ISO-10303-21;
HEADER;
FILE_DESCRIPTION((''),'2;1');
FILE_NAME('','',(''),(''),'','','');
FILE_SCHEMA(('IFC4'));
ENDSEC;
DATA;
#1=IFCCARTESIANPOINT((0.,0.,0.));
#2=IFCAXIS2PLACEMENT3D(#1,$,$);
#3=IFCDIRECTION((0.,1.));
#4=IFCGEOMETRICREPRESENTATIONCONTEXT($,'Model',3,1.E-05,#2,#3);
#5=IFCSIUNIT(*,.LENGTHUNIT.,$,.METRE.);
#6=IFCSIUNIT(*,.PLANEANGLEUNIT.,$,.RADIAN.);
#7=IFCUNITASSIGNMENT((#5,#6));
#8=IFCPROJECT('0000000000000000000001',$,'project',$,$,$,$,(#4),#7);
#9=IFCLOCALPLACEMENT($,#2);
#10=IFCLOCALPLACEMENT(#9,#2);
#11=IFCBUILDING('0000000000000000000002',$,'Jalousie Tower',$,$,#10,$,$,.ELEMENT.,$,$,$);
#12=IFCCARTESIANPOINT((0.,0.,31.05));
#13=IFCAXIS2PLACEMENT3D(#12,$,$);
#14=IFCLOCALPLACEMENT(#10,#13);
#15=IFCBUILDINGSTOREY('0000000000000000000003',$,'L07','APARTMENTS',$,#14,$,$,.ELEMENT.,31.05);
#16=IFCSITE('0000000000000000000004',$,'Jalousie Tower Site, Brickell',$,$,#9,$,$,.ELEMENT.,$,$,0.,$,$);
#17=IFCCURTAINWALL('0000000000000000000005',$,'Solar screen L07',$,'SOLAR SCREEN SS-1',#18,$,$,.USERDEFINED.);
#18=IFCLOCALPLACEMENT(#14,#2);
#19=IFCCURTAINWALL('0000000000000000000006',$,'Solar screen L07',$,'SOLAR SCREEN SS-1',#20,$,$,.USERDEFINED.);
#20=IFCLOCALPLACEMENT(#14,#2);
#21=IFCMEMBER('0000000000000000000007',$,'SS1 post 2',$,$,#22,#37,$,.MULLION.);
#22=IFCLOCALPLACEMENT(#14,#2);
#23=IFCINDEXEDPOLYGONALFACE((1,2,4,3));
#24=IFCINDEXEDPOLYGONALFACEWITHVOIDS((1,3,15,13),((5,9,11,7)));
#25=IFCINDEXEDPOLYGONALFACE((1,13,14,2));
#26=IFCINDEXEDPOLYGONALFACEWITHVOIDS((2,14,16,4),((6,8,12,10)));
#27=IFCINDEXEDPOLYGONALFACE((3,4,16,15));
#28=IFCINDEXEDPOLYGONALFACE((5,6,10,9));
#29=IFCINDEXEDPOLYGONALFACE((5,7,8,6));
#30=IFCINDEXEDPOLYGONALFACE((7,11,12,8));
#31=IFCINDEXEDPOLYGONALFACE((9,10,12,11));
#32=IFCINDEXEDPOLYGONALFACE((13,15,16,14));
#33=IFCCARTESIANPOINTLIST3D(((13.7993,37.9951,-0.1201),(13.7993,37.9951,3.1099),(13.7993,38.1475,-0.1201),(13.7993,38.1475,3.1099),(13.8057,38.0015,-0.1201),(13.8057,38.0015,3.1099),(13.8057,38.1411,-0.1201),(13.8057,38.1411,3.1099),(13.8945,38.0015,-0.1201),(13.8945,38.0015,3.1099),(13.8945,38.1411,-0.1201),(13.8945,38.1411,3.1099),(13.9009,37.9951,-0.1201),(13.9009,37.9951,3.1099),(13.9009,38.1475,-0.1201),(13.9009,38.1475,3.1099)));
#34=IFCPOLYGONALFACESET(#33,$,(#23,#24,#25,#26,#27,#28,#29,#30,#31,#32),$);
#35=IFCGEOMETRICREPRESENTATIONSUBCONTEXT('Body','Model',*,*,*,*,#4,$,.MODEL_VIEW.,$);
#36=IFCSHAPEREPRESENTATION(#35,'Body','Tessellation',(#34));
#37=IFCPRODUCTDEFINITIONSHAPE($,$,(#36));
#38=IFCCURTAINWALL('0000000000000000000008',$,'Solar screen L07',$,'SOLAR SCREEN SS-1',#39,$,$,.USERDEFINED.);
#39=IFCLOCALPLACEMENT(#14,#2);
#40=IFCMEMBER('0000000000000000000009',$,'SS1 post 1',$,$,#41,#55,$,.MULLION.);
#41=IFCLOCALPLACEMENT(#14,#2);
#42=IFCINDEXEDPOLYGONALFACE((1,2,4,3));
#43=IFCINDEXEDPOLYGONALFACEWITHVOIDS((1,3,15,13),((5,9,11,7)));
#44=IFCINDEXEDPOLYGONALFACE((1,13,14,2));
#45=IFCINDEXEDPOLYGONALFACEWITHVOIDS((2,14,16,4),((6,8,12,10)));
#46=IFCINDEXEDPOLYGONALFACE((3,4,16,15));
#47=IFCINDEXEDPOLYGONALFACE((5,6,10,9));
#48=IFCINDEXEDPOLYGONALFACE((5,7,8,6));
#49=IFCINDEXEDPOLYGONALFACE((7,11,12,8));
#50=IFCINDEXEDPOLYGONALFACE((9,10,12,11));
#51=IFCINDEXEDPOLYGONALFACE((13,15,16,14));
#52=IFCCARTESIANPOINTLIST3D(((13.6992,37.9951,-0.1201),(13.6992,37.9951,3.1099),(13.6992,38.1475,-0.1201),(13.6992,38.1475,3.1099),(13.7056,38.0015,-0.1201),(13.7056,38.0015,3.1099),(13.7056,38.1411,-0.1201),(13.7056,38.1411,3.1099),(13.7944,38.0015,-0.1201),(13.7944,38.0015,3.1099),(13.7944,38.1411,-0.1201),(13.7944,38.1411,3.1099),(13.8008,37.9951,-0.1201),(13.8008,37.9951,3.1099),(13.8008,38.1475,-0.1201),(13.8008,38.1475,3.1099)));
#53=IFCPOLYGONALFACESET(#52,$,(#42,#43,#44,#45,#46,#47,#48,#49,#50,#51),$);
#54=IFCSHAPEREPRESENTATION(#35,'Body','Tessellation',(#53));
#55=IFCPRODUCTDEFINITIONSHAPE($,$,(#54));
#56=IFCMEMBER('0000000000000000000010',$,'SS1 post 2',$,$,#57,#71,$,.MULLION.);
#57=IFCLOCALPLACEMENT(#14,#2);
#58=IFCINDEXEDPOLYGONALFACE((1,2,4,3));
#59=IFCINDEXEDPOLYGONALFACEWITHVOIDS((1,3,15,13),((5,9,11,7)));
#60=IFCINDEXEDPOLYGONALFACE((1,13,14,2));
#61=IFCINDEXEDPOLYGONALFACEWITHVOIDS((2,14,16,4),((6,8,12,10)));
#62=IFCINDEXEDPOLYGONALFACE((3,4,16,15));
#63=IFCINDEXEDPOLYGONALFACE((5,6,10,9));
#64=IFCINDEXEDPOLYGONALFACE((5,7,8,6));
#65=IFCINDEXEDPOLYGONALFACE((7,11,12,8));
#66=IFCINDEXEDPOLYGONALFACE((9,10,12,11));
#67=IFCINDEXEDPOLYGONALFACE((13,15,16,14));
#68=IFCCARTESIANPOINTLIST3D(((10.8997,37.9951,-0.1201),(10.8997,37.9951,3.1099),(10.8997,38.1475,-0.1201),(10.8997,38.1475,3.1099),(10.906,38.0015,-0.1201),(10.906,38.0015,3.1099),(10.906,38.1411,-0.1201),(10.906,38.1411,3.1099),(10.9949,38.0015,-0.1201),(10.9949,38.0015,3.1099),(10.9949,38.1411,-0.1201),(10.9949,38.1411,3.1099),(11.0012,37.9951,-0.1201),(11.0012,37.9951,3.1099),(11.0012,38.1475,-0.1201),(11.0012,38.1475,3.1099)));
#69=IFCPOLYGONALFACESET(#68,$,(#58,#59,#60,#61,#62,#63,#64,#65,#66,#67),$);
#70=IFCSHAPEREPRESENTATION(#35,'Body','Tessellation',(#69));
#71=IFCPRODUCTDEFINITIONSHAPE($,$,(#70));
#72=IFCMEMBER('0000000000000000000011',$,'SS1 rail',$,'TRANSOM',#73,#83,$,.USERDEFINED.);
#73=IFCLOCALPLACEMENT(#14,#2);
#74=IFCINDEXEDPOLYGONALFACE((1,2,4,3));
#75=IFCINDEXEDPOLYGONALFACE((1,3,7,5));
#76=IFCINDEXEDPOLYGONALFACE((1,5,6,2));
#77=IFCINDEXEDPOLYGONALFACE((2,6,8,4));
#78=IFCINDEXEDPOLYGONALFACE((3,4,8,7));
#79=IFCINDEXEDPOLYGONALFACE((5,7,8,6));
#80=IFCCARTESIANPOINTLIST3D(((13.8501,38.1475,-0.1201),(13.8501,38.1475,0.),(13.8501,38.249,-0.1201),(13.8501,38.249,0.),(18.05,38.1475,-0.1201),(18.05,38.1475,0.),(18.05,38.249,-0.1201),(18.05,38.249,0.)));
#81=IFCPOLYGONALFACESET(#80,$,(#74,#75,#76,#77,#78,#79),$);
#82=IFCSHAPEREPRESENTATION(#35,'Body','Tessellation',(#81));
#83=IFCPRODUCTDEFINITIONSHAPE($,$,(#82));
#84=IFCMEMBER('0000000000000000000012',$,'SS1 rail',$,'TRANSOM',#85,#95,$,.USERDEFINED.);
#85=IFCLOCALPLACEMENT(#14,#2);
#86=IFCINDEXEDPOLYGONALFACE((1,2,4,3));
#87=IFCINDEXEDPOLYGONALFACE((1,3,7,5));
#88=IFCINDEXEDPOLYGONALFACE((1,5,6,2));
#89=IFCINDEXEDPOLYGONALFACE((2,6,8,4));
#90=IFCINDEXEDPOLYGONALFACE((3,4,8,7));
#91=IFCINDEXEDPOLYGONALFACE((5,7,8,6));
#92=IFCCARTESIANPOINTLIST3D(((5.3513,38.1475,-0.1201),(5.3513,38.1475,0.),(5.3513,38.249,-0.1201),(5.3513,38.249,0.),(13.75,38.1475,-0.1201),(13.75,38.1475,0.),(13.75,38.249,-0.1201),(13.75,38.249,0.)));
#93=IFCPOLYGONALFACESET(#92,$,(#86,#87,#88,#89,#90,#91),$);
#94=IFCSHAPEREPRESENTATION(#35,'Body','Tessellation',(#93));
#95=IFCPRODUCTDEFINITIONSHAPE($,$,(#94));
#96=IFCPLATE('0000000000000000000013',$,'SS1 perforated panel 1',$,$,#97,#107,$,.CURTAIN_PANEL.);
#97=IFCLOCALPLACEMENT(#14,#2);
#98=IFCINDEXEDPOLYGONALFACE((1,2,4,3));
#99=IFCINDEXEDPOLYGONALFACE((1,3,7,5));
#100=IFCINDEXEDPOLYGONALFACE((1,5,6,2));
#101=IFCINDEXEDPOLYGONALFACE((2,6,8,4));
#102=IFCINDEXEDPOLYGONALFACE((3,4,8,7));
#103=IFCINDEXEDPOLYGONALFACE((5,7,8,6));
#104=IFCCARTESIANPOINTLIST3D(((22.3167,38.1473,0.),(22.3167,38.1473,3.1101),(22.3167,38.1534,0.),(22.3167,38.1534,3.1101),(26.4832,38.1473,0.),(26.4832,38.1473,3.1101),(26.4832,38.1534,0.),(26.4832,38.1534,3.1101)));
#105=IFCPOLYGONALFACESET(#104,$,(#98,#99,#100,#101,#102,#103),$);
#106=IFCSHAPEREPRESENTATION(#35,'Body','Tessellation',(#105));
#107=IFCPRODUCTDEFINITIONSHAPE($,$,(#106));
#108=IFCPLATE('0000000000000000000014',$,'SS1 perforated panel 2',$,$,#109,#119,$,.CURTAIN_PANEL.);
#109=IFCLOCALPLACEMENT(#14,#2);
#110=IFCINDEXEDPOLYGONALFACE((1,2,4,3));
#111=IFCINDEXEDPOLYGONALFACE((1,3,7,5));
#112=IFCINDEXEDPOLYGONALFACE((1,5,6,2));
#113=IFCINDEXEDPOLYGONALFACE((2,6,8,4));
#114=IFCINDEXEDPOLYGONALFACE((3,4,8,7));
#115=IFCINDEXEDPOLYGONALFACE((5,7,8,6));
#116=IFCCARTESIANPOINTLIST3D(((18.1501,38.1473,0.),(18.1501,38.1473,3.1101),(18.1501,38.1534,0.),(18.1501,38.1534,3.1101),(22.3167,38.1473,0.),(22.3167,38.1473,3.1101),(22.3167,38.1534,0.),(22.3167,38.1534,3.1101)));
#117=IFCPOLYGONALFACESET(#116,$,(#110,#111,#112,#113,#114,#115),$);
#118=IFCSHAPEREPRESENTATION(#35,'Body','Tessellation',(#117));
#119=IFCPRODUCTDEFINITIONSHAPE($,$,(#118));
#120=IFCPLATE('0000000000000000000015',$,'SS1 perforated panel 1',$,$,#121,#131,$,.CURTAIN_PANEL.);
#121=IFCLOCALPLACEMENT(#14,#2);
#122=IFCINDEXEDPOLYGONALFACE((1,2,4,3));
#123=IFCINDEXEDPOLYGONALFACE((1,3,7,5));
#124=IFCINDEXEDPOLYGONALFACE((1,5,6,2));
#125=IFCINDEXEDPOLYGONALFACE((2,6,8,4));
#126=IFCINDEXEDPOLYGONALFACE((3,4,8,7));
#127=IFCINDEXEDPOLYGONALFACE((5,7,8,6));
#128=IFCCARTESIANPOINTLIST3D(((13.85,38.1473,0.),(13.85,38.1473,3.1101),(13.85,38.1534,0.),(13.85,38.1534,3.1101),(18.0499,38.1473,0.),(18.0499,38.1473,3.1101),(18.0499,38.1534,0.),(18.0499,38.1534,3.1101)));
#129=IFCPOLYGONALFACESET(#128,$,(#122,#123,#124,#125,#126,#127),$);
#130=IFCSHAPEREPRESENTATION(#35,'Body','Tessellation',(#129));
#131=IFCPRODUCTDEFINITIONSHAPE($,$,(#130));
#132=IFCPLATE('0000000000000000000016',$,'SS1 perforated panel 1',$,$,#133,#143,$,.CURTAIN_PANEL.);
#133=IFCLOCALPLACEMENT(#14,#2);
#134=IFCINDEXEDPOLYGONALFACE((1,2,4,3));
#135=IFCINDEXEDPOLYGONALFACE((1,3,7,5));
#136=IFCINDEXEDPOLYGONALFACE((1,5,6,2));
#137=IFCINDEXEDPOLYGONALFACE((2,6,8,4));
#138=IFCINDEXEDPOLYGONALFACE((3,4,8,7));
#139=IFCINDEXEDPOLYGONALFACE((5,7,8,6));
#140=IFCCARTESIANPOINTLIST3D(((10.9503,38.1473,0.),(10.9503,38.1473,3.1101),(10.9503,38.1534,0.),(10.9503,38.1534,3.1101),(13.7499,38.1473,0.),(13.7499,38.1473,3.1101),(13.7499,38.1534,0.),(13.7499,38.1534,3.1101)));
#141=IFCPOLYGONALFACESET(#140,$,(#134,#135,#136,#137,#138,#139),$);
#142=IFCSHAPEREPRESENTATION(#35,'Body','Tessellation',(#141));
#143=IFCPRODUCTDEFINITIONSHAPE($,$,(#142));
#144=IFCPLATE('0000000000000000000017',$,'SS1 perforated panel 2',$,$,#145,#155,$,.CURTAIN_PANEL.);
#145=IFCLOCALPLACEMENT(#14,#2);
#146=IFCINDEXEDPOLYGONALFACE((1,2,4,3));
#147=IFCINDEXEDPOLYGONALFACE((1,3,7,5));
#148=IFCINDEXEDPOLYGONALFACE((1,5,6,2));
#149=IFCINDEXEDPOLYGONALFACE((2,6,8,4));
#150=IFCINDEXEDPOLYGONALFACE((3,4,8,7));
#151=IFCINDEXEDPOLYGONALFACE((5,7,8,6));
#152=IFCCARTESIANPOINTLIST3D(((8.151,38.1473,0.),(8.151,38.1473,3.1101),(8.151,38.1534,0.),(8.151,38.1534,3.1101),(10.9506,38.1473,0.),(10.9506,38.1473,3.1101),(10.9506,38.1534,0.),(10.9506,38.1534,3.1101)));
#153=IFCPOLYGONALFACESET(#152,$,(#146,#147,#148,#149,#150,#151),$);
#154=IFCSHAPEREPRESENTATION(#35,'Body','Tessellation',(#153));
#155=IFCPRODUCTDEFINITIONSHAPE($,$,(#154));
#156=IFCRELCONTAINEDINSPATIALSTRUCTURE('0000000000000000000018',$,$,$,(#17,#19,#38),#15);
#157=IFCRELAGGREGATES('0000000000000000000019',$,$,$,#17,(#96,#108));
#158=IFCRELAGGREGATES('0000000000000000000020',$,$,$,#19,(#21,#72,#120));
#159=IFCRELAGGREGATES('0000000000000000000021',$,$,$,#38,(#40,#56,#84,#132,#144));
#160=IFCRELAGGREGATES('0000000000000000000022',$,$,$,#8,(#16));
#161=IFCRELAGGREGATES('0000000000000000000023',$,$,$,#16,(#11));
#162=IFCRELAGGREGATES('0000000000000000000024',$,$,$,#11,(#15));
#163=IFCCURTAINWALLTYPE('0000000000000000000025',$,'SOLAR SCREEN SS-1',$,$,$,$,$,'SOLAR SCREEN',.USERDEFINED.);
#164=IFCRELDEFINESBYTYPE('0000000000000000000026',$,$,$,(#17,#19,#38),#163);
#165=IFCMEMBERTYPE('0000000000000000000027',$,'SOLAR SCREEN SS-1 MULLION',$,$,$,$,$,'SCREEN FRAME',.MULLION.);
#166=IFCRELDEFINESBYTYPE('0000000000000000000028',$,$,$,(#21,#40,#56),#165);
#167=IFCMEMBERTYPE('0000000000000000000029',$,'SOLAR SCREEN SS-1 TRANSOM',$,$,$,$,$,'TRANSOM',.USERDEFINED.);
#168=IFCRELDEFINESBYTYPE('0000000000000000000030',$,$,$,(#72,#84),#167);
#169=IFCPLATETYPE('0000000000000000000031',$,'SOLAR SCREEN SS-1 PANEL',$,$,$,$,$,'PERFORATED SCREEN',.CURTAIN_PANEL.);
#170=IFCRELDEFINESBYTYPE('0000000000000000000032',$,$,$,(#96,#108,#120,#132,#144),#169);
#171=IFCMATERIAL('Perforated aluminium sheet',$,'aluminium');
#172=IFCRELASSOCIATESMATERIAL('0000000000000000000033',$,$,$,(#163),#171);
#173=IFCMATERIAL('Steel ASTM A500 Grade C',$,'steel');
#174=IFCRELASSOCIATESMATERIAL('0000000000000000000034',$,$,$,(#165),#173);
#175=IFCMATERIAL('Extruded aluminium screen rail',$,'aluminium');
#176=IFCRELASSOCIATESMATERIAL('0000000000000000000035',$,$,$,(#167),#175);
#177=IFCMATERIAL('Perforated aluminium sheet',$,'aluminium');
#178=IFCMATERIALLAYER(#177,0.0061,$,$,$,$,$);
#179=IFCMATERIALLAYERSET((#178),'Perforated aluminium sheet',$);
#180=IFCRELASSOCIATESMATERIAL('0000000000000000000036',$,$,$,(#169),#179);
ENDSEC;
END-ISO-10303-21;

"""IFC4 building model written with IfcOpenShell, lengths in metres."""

from ifc_helpers import new_model, si_unit, direction, frame, origin, origin_2d, place, context, subcontext, project, spatial, rectangle, hollow_rectangle, extrude, material, layer, layer_set, material_profile, profile_set, type_object, element, aggregate, save


model = new_model("IFC4")

# Units and contexts
model_context = context("Model", 3, precision=1e-05, world=origin(), true_north=direction((0.0, 1.0)))
body_context = subcontext(model_context, "Body", "Model", "MODEL_VIEW")
ifc_project = project(units=[si_unit("LENGTHUNIT", "METRE"), si_unit("PLANEANGLEUNIT", "RADIAN")], contexts=[model_context])

# Site, building, storey
site_placement = place(None, origin())
site = spatial("IfcSite", under=ifc_project, at=site_placement, Name="Jalousie Tower Site, Brickell", CompositionType="ELEMENT", RefElevation=0.0)
building_placement = place(site_placement, origin())
building = spatial("IfcBuilding", under=site, at=building_placement, Name="Jalousie Tower", CompositionType="ELEMENT")
storey_placement = place(building_placement, frame((0.0, 0.0, 31.05)))
storey = spatial("IfcBuildingStorey", under=building, at=storey_placement, Name="L07", Description="APARTMENTS", CompositionType="ELEMENT", Elevation=31.05)

# Curtain walls, members
ifc_material_1 = material(Name="Perforated aluminium sheet", Category="aluminium")
curtain_wall_type = type_object("IfcCurtainWallType", Name="SOLAR SCREEN SS-1", ElementType="SOLAR SCREEN", PredefinedType="USERDEFINED", material=ifc_material_1)
curtain_wall_1_placement = place(storey_placement, origin())
curtain_wall_1 = element("IfcCurtainWall", 1, at=curtain_wall_1_placement, inside=storey, type_object=curtain_wall_type, Name="Solar screen L07", ObjectType="SOLAR SCREEN SS-1", PredefinedType="USERDEFINED")
ifc_material_2 = material(Name="Steel ASTM A500 Grade C", Category="steel")
ifc_material_profile_1 = material_profile(ifc_material_2, hollow_rectangle(XDim=0.1016, YDim=0.1523, WallThickness=0.0063, at=origin_2d()), Name="HSS6X4X1/4")
ifc_profile_set_1 = profile_set([ifc_material_profile_1], Name="Steel ASTM A500 Grade C")
member_type_1 = type_object("IfcMemberType", Name="SOLAR SCREEN SS-1 MULLION", ElementType="SCREEN FRAME", PredefinedType="MULLION", material=ifc_profile_set_1)
curtain_wall_2_placement = place(storey_placement, origin())
curtain_wall_2 = element("IfcCurtainWall", 2, at=curtain_wall_2_placement, inside=storey, type_object=curtain_wall_type, Name="Solar screen L07", ObjectType="SOLAR SCREEN SS-1", PredefinedType="USERDEFINED")
member_1_placement = place(storey_placement, frame((13.8501, 38.0713, -0.1201), z_axis=(0.0, 0.0, 1.0), x_axis=(-1.0, 0.0, 0.0)))
member_1 = element("IfcMember", 3, at=member_1_placement, type_object=member_type_1, Name="SS1 post 2", PredefinedType="MULLION", context=body_context, shape_type="SweptSolid", body=[
    extrude(hollow_rectangle(XDim=0.1016, YDim=0.1523, WallThickness=0.0063, at=origin_2d()), origin(), (0.0, 0.0, 1.0), 3.23),
])
curtain_wall_3_placement = place(storey_placement, origin())
curtain_wall_3 = element("IfcCurtainWall", 4, at=curtain_wall_3_placement, inside=storey, type_object=curtain_wall_type, Name="Solar screen L07", ObjectType="SOLAR SCREEN SS-1", PredefinedType="USERDEFINED")
member_2_placement = place(storey_placement, frame((13.75, 38.0713, -0.1201), z_axis=(0.0, 0.0, 1.0), x_axis=(-1.0, 0.0, 0.0)))
member_2 = element("IfcMember", 5, at=member_2_placement, type_object=member_type_1, Name="SS1 post 1", PredefinedType="MULLION", context=body_context, shape_type="SweptSolid", body=[
    extrude(hollow_rectangle(XDim=0.1016, YDim=0.1523, WallThickness=0.0063, at=origin_2d()), origin(), (0.0, 0.0, 1.0), 3.23),
])
member_3_placement = place(storey_placement, frame((10.9504, 38.0713, -0.1201), z_axis=(0.0, 0.0, 1.0), x_axis=(-1.0, 0.0, 0.0)))
member_3 = element("IfcMember", 6, at=member_3_placement, type_object=member_type_1, Name="SS1 post 2", PredefinedType="MULLION", context=body_context, shape_type="SweptSolid", body=[
    extrude(hollow_rectangle(XDim=0.1016, YDim=0.1523, WallThickness=0.0063, at=origin_2d()), origin(), (0.0, 0.0, 1.0), 3.23),
])

# Members
ifc_material_3 = material(Name="Extruded aluminium screen rail", Category="aluminium")
ifc_material_profile_2 = material_profile(ifc_material_3, rectangle(XDim=0.1016, YDim=0.1201, at=origin_2d()), Name="RAIL 102x120")
ifc_profile_set_2 = profile_set([ifc_material_profile_2], Name="Extruded aluminium screen rail")
member_type_2 = type_object("IfcMemberType", Name="SOLAR SCREEN SS-1 TRANSOM", ElementType="TRANSOM", PredefinedType="USERDEFINED", material=ifc_profile_set_2)
member_4_placement = place(storey_placement, frame((18.05, 38.1982, -0.0601), z_axis=(-1.0, 0.0, 0.0), x_axis=(0.0, -1.0, 0.0)))
member_4 = element("IfcMember", 7, at=member_4_placement, type_object=member_type_2, Name="SS1 rail", ObjectType="TRANSOM", PredefinedType="USERDEFINED", context=body_context, shape_type="SweptSolid", body=[
    extrude(rectangle(XDim=0.1016, YDim=0.1201, at=origin_2d()), origin(), (0.0, 0.0, 1.0), 4.2),
])
member_5_placement = place(storey_placement, frame((13.75, 38.1982, -0.0601), z_axis=(-1.0, 0.0, 0.0), x_axis=(0.0, -1.0, 0.0)))
member_5 = element("IfcMember", 8, at=member_5_placement, type_object=member_type_2, Name="SS1 rail", ObjectType="TRANSOM", PredefinedType="USERDEFINED", context=body_context, shape_type="SweptSolid", body=[
    extrude(rectangle(XDim=0.1016, YDim=0.1201, at=origin_2d()), origin(), (0.0, 0.0, 1.0), 8.3987),
])

# Plates
ifc_material_4 = material(Name="Perforated aluminium sheet", Category="aluminium")
ifc_layer_1 = layer(ifc_material_4, 0.0061)
ifc_layer_set_1 = layer_set([ifc_layer_1], Name="Perforated aluminium sheet")
plate_type = type_object("IfcPlateType", Name="SOLAR SCREEN SS-1 PANEL", ElementType="PERFORATED SCREEN", PredefinedType="CURTAIN_PANEL", material=ifc_layer_set_1)
plate_1_placement = place(storey_placement, frame((24.3999, 38.1504, 0.0), z_axis=(0.0, 0.0, 1.0), x_axis=(-1.0, 0.0, 0.0)))
plate_1 = element("IfcPlate", 9, at=plate_1_placement, type_object=plate_type, Name="SS1 perforated panel 1", PredefinedType="CURTAIN_PANEL", context=body_context, shape_type="SweptSolid", body=[
    extrude(rectangle(XDim=4.1665, YDim=0.0061, at=origin_2d()), origin(), (0.0, 0.0, 1.0), 3.1101),
])
plate_2_placement = place(storey_placement, frame((20.2334, 38.1504, 0.0), z_axis=(0.0, 0.0, 1.0), x_axis=(-1.0, 0.0, 0.0)))
plate_2 = element("IfcPlate", 10, at=plate_2_placement, type_object=plate_type, Name="SS1 perforated panel 2", PredefinedType="CURTAIN_PANEL", context=body_context, shape_type="SweptSolid", body=[
    extrude(rectangle(XDim=4.1665, YDim=0.0061, at=origin_2d()), origin(), (0.0, 0.0, 1.0), 3.1101),
])
aggregate(curtain_wall_1, [plate_1, plate_2])
plate_3_placement = place(storey_placement, frame((15.95, 38.1504, 0.0), z_axis=(0.0, 0.0, 1.0), x_axis=(-1.0, 0.0, 0.0)))
plate_3 = element("IfcPlate", 11, at=plate_3_placement, type_object=plate_type, Name="SS1 perforated panel 1", PredefinedType="CURTAIN_PANEL", context=body_context, shape_type="SweptSolid", body=[
    extrude(rectangle(XDim=4.2, YDim=0.0061, at=origin_2d()), origin(), (0.0, 0.0, 1.0), 3.1101),
])
aggregate(curtain_wall_2, [member_1, member_4, plate_3])
plate_4_placement = place(storey_placement, frame((12.3501, 38.1504, 0.0), z_axis=(0.0, 0.0, 1.0), x_axis=(-1.0, 0.0, 0.0)))
plate_4 = element("IfcPlate", 12, at=plate_4_placement, type_object=plate_type, Name="SS1 perforated panel 1", PredefinedType="CURTAIN_PANEL", context=body_context, shape_type="SweptSolid", body=[
    extrude(rectangle(XDim=2.7996, YDim=0.0061, at=origin_2d()), origin(), (0.0, 0.0, 1.0), 3.1101),
])
plate_5_placement = place(storey_placement, frame((9.5508, 38.1504, 0.0), z_axis=(0.0, 0.0, 1.0), x_axis=(-1.0, 0.0, 0.0)))
plate_5 = element("IfcPlate", 13, at=plate_5_placement, type_object=plate_type, Name="SS1 perforated panel 2", PredefinedType="CURTAIN_PANEL", context=body_context, shape_type="SweptSolid", body=[
    extrude(rectangle(XDim=2.7996, YDim=0.0061, at=origin_2d()), origin(), (0.0, 0.0, 1.0), 3.1101),
])
aggregate(curtain_wall_3, [member_2, member_3, member_5, plate_4, plate_5])

save(model, "model.ifc")
